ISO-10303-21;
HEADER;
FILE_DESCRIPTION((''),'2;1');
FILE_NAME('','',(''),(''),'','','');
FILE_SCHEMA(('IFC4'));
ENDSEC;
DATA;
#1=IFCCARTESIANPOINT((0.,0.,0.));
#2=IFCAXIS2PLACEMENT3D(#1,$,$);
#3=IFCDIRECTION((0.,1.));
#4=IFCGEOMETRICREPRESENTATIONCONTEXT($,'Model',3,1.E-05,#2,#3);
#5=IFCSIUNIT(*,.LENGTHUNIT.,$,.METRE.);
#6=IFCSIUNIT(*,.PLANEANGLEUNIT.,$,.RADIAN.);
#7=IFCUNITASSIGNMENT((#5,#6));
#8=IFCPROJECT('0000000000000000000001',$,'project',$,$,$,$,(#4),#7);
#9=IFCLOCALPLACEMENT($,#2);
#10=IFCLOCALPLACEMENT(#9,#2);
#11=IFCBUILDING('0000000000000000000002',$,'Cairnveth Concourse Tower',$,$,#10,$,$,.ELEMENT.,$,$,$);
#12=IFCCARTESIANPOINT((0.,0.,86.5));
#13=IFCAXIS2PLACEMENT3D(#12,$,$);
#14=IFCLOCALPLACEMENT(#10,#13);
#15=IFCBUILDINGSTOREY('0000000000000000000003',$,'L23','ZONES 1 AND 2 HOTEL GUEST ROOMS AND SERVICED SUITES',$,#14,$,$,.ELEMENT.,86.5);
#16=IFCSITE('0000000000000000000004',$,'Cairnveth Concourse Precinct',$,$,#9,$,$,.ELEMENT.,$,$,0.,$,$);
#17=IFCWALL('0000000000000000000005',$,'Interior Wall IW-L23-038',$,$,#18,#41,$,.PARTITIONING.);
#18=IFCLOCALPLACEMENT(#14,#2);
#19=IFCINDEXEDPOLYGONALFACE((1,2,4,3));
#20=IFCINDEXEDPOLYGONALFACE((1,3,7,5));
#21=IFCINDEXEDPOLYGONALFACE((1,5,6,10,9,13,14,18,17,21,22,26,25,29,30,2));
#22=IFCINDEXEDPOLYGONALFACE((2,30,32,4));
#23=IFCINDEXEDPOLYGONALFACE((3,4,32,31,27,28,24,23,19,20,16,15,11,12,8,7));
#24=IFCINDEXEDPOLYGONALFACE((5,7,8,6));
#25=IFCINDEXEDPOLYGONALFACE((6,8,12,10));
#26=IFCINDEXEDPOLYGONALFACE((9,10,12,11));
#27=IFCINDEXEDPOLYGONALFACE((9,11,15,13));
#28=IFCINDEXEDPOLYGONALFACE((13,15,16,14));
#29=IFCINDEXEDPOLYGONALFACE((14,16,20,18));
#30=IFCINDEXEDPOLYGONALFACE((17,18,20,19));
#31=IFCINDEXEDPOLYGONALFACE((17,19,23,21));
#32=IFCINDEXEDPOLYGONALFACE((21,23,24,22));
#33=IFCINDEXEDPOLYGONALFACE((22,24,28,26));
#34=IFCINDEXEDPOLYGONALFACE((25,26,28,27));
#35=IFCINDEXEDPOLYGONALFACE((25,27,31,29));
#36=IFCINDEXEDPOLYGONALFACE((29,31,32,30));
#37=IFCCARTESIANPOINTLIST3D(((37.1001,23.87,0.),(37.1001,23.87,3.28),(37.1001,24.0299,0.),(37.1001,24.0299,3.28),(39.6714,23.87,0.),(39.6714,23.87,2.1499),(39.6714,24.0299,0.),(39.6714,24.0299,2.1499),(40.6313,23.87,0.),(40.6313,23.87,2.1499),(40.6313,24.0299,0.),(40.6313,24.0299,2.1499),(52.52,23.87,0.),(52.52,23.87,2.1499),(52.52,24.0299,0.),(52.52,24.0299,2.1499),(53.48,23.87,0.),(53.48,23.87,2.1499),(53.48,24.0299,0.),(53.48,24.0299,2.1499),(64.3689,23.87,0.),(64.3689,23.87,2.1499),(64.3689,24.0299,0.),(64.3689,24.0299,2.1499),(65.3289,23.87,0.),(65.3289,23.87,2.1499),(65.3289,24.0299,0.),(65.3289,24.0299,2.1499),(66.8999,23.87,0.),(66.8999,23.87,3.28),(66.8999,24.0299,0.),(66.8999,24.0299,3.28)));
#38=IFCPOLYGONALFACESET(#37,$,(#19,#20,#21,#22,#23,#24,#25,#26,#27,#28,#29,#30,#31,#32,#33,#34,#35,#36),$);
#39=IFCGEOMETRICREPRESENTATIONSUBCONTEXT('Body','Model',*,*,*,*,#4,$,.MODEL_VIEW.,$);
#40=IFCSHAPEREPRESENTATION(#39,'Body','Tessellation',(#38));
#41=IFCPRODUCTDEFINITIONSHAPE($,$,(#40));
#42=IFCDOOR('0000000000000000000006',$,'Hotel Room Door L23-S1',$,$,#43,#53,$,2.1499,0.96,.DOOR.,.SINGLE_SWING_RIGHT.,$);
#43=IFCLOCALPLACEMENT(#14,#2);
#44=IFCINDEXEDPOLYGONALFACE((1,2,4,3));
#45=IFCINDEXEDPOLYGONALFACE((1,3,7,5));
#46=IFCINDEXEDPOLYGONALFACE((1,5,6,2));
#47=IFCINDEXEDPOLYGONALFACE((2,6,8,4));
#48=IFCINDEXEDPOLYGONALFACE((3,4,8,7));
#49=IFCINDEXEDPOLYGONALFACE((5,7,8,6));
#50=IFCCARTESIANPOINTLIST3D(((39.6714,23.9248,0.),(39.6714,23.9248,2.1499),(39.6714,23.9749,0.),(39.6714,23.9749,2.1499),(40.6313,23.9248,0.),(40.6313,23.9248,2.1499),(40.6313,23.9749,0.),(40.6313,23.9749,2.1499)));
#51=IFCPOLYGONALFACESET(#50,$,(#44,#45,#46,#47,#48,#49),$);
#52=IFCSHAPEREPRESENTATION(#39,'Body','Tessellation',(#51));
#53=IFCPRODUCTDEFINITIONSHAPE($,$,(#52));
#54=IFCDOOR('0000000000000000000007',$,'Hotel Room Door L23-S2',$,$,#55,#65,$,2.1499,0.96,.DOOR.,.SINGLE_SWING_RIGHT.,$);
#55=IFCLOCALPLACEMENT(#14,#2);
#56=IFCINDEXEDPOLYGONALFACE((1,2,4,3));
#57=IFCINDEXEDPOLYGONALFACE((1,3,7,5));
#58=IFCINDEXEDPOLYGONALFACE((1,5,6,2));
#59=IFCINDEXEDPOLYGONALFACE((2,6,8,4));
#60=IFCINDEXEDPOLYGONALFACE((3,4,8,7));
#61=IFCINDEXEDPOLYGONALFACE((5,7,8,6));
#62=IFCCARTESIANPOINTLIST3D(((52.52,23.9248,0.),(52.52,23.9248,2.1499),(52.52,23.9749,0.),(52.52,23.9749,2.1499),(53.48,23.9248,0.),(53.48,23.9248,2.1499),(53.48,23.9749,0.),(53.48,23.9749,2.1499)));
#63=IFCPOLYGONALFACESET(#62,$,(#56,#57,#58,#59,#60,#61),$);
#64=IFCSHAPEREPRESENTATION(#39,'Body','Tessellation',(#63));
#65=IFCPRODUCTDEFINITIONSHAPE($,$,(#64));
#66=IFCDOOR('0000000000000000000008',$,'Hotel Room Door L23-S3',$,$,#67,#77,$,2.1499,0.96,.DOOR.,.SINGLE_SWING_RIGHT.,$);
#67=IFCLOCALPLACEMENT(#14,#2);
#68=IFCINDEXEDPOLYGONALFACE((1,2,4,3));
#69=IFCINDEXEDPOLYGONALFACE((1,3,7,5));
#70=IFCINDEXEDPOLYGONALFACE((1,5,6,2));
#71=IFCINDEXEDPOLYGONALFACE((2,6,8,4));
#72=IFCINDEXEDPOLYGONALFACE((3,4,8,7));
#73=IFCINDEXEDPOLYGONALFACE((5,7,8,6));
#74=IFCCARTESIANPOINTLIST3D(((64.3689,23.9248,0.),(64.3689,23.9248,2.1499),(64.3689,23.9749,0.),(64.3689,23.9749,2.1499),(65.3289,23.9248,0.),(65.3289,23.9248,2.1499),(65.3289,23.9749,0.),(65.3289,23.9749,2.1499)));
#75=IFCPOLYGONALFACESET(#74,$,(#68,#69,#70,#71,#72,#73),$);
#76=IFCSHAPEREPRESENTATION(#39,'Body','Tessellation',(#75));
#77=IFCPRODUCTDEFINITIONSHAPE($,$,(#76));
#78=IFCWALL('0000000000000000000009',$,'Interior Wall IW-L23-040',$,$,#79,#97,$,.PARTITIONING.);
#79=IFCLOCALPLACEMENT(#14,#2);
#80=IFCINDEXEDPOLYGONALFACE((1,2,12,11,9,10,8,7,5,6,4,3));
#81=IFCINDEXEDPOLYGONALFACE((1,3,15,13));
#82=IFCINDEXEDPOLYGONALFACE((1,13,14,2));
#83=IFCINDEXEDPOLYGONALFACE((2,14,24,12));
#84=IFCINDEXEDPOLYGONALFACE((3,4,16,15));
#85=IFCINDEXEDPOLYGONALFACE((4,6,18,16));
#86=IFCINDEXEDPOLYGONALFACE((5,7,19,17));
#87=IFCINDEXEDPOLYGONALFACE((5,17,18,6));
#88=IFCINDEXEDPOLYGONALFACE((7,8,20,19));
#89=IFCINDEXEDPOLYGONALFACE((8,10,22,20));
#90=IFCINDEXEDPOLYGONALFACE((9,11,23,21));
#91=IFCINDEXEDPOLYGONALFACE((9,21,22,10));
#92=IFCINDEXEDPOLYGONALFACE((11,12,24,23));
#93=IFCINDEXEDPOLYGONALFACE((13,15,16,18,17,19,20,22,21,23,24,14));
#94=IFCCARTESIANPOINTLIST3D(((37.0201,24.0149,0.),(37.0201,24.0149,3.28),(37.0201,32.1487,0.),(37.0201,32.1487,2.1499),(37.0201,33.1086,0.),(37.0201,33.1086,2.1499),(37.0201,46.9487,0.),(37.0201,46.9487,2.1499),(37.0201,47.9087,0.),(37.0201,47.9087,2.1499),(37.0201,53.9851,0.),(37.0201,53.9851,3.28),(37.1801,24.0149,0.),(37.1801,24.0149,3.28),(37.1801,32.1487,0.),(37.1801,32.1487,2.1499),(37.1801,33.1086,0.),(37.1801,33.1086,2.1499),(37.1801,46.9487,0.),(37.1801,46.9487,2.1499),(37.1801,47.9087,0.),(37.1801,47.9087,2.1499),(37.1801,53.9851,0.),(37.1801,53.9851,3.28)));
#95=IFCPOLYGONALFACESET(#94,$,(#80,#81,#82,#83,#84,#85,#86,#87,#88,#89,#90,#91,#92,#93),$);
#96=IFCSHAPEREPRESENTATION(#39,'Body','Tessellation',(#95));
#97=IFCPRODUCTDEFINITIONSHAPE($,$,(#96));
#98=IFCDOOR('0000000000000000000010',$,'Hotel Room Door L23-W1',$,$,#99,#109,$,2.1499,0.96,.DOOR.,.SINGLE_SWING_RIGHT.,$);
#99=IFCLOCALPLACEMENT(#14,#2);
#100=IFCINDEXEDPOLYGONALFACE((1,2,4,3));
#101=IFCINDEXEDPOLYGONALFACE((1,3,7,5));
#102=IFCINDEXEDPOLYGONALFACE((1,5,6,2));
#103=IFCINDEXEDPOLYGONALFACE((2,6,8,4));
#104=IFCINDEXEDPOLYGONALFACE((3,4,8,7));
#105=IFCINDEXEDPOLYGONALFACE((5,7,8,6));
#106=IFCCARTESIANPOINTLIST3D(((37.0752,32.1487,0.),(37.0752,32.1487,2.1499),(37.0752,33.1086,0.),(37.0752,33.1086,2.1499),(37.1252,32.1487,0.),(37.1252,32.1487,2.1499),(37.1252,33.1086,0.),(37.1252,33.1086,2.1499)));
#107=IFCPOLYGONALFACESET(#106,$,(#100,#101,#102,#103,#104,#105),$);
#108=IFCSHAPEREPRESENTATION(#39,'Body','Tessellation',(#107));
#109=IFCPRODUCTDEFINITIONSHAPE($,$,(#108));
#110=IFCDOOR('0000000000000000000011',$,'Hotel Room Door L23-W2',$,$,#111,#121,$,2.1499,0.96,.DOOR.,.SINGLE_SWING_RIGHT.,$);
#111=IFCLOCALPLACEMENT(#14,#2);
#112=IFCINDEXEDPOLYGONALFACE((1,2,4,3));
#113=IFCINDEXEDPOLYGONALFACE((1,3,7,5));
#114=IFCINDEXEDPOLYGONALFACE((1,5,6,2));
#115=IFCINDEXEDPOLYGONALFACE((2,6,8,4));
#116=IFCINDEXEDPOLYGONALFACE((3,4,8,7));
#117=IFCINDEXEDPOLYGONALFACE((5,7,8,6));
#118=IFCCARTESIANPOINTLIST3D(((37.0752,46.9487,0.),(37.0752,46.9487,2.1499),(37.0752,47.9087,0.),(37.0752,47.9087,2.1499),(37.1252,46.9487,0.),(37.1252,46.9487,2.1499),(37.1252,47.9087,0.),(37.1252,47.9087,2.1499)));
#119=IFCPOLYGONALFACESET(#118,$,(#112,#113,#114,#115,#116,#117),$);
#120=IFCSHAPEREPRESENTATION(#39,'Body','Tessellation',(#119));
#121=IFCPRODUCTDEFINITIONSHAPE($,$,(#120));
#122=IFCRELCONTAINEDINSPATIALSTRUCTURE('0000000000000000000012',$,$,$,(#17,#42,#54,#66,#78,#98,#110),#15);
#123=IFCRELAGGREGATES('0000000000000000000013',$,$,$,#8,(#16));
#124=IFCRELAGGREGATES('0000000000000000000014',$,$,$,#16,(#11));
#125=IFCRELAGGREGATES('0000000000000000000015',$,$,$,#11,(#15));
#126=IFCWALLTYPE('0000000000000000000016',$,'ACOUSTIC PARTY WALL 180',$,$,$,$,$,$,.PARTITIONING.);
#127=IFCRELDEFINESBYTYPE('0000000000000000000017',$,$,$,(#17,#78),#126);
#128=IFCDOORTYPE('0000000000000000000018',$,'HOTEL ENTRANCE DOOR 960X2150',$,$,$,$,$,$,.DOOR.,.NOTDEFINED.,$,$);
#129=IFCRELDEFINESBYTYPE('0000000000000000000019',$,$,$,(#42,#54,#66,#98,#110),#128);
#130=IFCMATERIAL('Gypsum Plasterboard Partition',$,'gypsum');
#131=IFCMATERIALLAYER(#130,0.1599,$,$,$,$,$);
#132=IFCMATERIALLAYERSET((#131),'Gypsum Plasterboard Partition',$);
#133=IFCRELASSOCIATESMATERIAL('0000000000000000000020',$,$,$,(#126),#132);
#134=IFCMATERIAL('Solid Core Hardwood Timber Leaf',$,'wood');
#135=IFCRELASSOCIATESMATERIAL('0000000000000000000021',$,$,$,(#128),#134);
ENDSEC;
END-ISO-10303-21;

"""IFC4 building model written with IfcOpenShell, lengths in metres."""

from ifc_helpers import new_model, si_unit, direction, frame, frame_2d, origin, place, context, subcontext, project, spatial, rectangle, extrude, material, layer, layer_set, type_object, element, fill, save


model = new_model("IFC4")

# Units and contexts
model_context = context("Model", 3, precision=1e-05, world=origin(), true_north=direction((0.0, 1.0)))
body_context = subcontext(model_context, "Body", "Model", "MODEL_VIEW")
ifc_project = project(units=[si_unit("LENGTHUNIT", "METRE"), si_unit("PLANEANGLEUNIT", "RADIAN")], contexts=[model_context])

# Site, building, storey
site_placement = place(None, origin())
site = spatial("IfcSite", under=ifc_project, at=site_placement, Name="Cairnveth Concourse Precinct", CompositionType="ELEMENT", RefElevation=0.0)
building_placement = place(site_placement, origin())
building = spatial("IfcBuilding", under=site, at=building_placement, Name="Cairnveth Concourse Tower", CompositionType="ELEMENT")
storey_placement = place(building_placement, frame((0.0, 0.0, 86.5)))
storey = spatial("IfcBuildingStorey", under=building, at=storey_placement, Name="L23", Description="ZONES 1 AND 2 HOTEL GUEST ROOMS AND SERVICED SUITES", CompositionType="ELEMENT", Elevation=86.5)

# Walls, openings, doors
ifc_material_1 = material(Name="Gypsum Plasterboard Partition", Category="gypsum")
ifc_layer_1 = layer(ifc_material_1, 0.1599)
ifc_layer_set_1 = layer_set([ifc_layer_1], Name="Gypsum Plasterboard Partition")
wall_type_1 = type_object("IfcWallType", Name="ACOUSTIC PARTY WALL 180", PredefinedType="PARTITIONING", material=ifc_layer_set_1)
wall_1_placement = place(storey_placement, frame((37.1001, 23.95, 0.0), z_axis=(0.0, 0.0, 1.0), x_axis=(1.0, 0.0, 0.0)))
wall_1 = element("IfcWall", 1, at=wall_1_placement, inside=storey, type_object=wall_type_1, Name="Interior Wall IW-L23-038", PredefinedType="PARTITIONING", context=body_context, shape_type="SweptSolid", body=[
    extrude(rectangle(XDim=29.7998, YDim=0.1599, at=frame_2d((14.8999, 0.0))), origin(), (0.0, 0.0, 1.0), 3.28),
])
opening_1_placement = place(wall_1_placement, frame((2.5713, 0.0, 0.0)))
opening_1 = element("IfcOpeningElement", 2, at=opening_1_placement, cuts=wall_1, PredefinedType="OPENING", context=body_context, shape_type="SweptSolid", body=[
    extrude(rectangle(XDim=0.96, YDim=2.1499, at=frame_2d((0.48, 1.075))), frame((0.0, 0.0898, 0.0), z_axis=(0.0, -1.0, 0.0), x_axis=(1.0, 0.0, 0.0)), (0.0, 0.0, 1.0), 0.1799),
])
opening_2_placement = place(wall_1_placement, frame((15.4199, 0.0, 0.0)))
opening_2 = element("IfcOpeningElement", 3, at=opening_2_placement, cuts=wall_1, PredefinedType="OPENING", context=body_context, shape_type="SweptSolid", body=[
    extrude(rectangle(XDim=0.96, YDim=2.1499, at=frame_2d((0.48, 1.075))), frame((0.0, 0.0898, 0.0), z_axis=(0.0, -1.0, 0.0), x_axis=(1.0, 0.0, 0.0)), (0.0, 0.0, 1.0), 0.1799),
])
opening_3_placement = place(wall_1_placement, frame((27.2688, 0.0, 0.0)))
opening_3 = element("IfcOpeningElement", 4, at=opening_3_placement, cuts=wall_1, PredefinedType="OPENING", context=body_context, shape_type="SweptSolid", body=[
    extrude(rectangle(XDim=0.96, YDim=2.1499, at=frame_2d((0.48, 1.075))), frame((0.0, 0.0898, 0.0), z_axis=(0.0, -1.0, 0.0), x_axis=(1.0, 0.0, 0.0)), (0.0, 0.0, 1.0), 0.1799),
])
ifc_material_2 = material(Name="Solid Core Hardwood Timber Leaf", Category="wood")
door_type_1 = type_object("IfcDoorType", Name="HOTEL ENTRANCE DOOR 960X2150", OperationType="NOTDEFINED", PredefinedType="DOOR", material=ifc_material_2)
door_1_placement = place(opening_1_placement, origin())
door_1 = element("IfcDoor", 5, at=door_1_placement, inside=storey, type_object=door_type_1, Name="Hotel Room Door L23-S1", OperationType="SINGLE_SWING_RIGHT", OverallHeight=2.1499, OverallWidth=0.96, PredefinedType="DOOR", context=body_context, shape_type="SweptSolid", body=[
    extrude(rectangle(XDim=0.96, YDim=2.1499, at=frame_2d((0.48, 1.075))), frame((0.0, 0.0249, 0.0), z_axis=(0.0, -1.0, 0.0), x_axis=(1.0, 0.0, 0.0)), (0.0, 0.0, 1.0), 0.05),
])
fill(opening_1, door_1)
door_2_placement = place(opening_2_placement, origin())
door_2 = element("IfcDoor", 6, at=door_2_placement, inside=storey, type_object=door_type_1, Name="Hotel Room Door L23-S2", OperationType="SINGLE_SWING_RIGHT", OverallHeight=2.1499, OverallWidth=0.96, PredefinedType="DOOR", context=body_context, shape_type="SweptSolid", body=[
    extrude(rectangle(XDim=0.96, YDim=2.1499, at=frame_2d((0.48, 1.075))), frame((0.0, 0.0249, 0.0), z_axis=(0.0, -1.0, 0.0), x_axis=(1.0, 0.0, 0.0)), (0.0, 0.0, 1.0), 0.05),
])
fill(opening_2, door_2)
door_3_placement = place(opening_3_placement, origin())
door_3 = element("IfcDoor", 7, at=door_3_placement, inside=storey, type_object=door_type_1, Name="Hotel Room Door L23-S3", OperationType="SINGLE_SWING_RIGHT", OverallHeight=2.1499, OverallWidth=0.96, PredefinedType="DOOR", context=body_context, shape_type="SweptSolid", body=[
    extrude(rectangle(XDim=0.96, YDim=2.1499, at=frame_2d((0.48, 1.075))), frame((0.0, 0.0249, 0.0), z_axis=(0.0, -1.0, 0.0), x_axis=(1.0, 0.0, 0.0)), (0.0, 0.0, 1.0), 0.05),
])
fill(opening_3, door_3)
wall_2_placement = place(storey_placement, frame((37.1001, 24.0149, 0.0), z_axis=(0.0, 0.0, 1.0), x_axis=(0.0, 1.0, 0.0)))
wall_2 = element("IfcWall", 8, at=wall_2_placement, inside=storey, type_object=wall_type_1, Name="Interior Wall IW-L23-040", PredefinedType="PARTITIONING", context=body_context, shape_type="SweptSolid", body=[
    extrude(rectangle(XDim=29.9702, YDim=0.1599, at=frame_2d((14.9851, 0.0))), origin(), (0.0, 0.0, 1.0), 3.28),
])
opening_4_placement = place(wall_2_placement, frame((8.1338, 0.0, 0.0)))
opening_4 = element("IfcOpeningElement", 9, at=opening_4_placement, cuts=wall_2, PredefinedType="OPENING", context=body_context, shape_type="SweptSolid", body=[
    extrude(rectangle(XDim=0.96, YDim=2.1499, at=frame_2d((0.48, 1.075))), frame((0.0, 0.0898, 0.0), z_axis=(0.0, -1.0, 0.0), x_axis=(1.0, 0.0, 0.0)), (0.0, 0.0, 1.0), 0.1799),
])
opening_5_placement = place(wall_2_placement, frame((22.9338, 0.0, 0.0)))
opening_5 = element("IfcOpeningElement", 10, at=opening_5_placement, cuts=wall_2, PredefinedType="OPENING", context=body_context, shape_type="SweptSolid", body=[
    extrude(rectangle(XDim=0.96, YDim=2.1499, at=frame_2d((0.48, 1.075))), frame((0.0, 0.0898, 0.0), z_axis=(0.0, -1.0, 0.0), x_axis=(1.0, 0.0, 0.0)), (0.0, 0.0, 1.0), 0.1799),
])
door_4_placement = place(opening_4_placement, origin())
door_4 = element("IfcDoor", 11, at=door_4_placement, inside=storey, type_object=door_type_1, Name="Hotel Room Door L23-W1", OperationType="SINGLE_SWING_RIGHT", OverallHeight=2.1499, OverallWidth=0.96, PredefinedType="DOOR", context=body_context, shape_type="SweptSolid", body=[
    extrude(rectangle(XDim=0.96, YDim=2.1499, at=frame_2d((0.48, 1.075))), frame((0.0, 0.0249, 0.0), z_axis=(0.0, -1.0, 0.0), x_axis=(1.0, 0.0, 0.0)), (0.0, 0.0, 1.0), 0.05),
])
fill(opening_4, door_4)
door_5_placement = place(opening_5_placement, origin())
door_5 = element("IfcDoor", 12, at=door_5_placement, inside=storey, type_object=door_type_1, Name="Hotel Room Door L23-W2", OperationType="SINGLE_SWING_RIGHT", OverallHeight=2.1499, OverallWidth=0.96, PredefinedType="DOOR", context=body_context, shape_type="SweptSolid", body=[
    extrude(rectangle(XDim=0.96, YDim=2.1499, at=frame_2d((0.48, 1.075))), frame((0.0, 0.0249, 0.0), z_axis=(0.0, -1.0, 0.0), x_axis=(1.0, 0.0, 0.0)), (0.0, 0.0, 1.0), 0.05),
])
fill(opening_5, door_5)

save(model, "model.ifc")
